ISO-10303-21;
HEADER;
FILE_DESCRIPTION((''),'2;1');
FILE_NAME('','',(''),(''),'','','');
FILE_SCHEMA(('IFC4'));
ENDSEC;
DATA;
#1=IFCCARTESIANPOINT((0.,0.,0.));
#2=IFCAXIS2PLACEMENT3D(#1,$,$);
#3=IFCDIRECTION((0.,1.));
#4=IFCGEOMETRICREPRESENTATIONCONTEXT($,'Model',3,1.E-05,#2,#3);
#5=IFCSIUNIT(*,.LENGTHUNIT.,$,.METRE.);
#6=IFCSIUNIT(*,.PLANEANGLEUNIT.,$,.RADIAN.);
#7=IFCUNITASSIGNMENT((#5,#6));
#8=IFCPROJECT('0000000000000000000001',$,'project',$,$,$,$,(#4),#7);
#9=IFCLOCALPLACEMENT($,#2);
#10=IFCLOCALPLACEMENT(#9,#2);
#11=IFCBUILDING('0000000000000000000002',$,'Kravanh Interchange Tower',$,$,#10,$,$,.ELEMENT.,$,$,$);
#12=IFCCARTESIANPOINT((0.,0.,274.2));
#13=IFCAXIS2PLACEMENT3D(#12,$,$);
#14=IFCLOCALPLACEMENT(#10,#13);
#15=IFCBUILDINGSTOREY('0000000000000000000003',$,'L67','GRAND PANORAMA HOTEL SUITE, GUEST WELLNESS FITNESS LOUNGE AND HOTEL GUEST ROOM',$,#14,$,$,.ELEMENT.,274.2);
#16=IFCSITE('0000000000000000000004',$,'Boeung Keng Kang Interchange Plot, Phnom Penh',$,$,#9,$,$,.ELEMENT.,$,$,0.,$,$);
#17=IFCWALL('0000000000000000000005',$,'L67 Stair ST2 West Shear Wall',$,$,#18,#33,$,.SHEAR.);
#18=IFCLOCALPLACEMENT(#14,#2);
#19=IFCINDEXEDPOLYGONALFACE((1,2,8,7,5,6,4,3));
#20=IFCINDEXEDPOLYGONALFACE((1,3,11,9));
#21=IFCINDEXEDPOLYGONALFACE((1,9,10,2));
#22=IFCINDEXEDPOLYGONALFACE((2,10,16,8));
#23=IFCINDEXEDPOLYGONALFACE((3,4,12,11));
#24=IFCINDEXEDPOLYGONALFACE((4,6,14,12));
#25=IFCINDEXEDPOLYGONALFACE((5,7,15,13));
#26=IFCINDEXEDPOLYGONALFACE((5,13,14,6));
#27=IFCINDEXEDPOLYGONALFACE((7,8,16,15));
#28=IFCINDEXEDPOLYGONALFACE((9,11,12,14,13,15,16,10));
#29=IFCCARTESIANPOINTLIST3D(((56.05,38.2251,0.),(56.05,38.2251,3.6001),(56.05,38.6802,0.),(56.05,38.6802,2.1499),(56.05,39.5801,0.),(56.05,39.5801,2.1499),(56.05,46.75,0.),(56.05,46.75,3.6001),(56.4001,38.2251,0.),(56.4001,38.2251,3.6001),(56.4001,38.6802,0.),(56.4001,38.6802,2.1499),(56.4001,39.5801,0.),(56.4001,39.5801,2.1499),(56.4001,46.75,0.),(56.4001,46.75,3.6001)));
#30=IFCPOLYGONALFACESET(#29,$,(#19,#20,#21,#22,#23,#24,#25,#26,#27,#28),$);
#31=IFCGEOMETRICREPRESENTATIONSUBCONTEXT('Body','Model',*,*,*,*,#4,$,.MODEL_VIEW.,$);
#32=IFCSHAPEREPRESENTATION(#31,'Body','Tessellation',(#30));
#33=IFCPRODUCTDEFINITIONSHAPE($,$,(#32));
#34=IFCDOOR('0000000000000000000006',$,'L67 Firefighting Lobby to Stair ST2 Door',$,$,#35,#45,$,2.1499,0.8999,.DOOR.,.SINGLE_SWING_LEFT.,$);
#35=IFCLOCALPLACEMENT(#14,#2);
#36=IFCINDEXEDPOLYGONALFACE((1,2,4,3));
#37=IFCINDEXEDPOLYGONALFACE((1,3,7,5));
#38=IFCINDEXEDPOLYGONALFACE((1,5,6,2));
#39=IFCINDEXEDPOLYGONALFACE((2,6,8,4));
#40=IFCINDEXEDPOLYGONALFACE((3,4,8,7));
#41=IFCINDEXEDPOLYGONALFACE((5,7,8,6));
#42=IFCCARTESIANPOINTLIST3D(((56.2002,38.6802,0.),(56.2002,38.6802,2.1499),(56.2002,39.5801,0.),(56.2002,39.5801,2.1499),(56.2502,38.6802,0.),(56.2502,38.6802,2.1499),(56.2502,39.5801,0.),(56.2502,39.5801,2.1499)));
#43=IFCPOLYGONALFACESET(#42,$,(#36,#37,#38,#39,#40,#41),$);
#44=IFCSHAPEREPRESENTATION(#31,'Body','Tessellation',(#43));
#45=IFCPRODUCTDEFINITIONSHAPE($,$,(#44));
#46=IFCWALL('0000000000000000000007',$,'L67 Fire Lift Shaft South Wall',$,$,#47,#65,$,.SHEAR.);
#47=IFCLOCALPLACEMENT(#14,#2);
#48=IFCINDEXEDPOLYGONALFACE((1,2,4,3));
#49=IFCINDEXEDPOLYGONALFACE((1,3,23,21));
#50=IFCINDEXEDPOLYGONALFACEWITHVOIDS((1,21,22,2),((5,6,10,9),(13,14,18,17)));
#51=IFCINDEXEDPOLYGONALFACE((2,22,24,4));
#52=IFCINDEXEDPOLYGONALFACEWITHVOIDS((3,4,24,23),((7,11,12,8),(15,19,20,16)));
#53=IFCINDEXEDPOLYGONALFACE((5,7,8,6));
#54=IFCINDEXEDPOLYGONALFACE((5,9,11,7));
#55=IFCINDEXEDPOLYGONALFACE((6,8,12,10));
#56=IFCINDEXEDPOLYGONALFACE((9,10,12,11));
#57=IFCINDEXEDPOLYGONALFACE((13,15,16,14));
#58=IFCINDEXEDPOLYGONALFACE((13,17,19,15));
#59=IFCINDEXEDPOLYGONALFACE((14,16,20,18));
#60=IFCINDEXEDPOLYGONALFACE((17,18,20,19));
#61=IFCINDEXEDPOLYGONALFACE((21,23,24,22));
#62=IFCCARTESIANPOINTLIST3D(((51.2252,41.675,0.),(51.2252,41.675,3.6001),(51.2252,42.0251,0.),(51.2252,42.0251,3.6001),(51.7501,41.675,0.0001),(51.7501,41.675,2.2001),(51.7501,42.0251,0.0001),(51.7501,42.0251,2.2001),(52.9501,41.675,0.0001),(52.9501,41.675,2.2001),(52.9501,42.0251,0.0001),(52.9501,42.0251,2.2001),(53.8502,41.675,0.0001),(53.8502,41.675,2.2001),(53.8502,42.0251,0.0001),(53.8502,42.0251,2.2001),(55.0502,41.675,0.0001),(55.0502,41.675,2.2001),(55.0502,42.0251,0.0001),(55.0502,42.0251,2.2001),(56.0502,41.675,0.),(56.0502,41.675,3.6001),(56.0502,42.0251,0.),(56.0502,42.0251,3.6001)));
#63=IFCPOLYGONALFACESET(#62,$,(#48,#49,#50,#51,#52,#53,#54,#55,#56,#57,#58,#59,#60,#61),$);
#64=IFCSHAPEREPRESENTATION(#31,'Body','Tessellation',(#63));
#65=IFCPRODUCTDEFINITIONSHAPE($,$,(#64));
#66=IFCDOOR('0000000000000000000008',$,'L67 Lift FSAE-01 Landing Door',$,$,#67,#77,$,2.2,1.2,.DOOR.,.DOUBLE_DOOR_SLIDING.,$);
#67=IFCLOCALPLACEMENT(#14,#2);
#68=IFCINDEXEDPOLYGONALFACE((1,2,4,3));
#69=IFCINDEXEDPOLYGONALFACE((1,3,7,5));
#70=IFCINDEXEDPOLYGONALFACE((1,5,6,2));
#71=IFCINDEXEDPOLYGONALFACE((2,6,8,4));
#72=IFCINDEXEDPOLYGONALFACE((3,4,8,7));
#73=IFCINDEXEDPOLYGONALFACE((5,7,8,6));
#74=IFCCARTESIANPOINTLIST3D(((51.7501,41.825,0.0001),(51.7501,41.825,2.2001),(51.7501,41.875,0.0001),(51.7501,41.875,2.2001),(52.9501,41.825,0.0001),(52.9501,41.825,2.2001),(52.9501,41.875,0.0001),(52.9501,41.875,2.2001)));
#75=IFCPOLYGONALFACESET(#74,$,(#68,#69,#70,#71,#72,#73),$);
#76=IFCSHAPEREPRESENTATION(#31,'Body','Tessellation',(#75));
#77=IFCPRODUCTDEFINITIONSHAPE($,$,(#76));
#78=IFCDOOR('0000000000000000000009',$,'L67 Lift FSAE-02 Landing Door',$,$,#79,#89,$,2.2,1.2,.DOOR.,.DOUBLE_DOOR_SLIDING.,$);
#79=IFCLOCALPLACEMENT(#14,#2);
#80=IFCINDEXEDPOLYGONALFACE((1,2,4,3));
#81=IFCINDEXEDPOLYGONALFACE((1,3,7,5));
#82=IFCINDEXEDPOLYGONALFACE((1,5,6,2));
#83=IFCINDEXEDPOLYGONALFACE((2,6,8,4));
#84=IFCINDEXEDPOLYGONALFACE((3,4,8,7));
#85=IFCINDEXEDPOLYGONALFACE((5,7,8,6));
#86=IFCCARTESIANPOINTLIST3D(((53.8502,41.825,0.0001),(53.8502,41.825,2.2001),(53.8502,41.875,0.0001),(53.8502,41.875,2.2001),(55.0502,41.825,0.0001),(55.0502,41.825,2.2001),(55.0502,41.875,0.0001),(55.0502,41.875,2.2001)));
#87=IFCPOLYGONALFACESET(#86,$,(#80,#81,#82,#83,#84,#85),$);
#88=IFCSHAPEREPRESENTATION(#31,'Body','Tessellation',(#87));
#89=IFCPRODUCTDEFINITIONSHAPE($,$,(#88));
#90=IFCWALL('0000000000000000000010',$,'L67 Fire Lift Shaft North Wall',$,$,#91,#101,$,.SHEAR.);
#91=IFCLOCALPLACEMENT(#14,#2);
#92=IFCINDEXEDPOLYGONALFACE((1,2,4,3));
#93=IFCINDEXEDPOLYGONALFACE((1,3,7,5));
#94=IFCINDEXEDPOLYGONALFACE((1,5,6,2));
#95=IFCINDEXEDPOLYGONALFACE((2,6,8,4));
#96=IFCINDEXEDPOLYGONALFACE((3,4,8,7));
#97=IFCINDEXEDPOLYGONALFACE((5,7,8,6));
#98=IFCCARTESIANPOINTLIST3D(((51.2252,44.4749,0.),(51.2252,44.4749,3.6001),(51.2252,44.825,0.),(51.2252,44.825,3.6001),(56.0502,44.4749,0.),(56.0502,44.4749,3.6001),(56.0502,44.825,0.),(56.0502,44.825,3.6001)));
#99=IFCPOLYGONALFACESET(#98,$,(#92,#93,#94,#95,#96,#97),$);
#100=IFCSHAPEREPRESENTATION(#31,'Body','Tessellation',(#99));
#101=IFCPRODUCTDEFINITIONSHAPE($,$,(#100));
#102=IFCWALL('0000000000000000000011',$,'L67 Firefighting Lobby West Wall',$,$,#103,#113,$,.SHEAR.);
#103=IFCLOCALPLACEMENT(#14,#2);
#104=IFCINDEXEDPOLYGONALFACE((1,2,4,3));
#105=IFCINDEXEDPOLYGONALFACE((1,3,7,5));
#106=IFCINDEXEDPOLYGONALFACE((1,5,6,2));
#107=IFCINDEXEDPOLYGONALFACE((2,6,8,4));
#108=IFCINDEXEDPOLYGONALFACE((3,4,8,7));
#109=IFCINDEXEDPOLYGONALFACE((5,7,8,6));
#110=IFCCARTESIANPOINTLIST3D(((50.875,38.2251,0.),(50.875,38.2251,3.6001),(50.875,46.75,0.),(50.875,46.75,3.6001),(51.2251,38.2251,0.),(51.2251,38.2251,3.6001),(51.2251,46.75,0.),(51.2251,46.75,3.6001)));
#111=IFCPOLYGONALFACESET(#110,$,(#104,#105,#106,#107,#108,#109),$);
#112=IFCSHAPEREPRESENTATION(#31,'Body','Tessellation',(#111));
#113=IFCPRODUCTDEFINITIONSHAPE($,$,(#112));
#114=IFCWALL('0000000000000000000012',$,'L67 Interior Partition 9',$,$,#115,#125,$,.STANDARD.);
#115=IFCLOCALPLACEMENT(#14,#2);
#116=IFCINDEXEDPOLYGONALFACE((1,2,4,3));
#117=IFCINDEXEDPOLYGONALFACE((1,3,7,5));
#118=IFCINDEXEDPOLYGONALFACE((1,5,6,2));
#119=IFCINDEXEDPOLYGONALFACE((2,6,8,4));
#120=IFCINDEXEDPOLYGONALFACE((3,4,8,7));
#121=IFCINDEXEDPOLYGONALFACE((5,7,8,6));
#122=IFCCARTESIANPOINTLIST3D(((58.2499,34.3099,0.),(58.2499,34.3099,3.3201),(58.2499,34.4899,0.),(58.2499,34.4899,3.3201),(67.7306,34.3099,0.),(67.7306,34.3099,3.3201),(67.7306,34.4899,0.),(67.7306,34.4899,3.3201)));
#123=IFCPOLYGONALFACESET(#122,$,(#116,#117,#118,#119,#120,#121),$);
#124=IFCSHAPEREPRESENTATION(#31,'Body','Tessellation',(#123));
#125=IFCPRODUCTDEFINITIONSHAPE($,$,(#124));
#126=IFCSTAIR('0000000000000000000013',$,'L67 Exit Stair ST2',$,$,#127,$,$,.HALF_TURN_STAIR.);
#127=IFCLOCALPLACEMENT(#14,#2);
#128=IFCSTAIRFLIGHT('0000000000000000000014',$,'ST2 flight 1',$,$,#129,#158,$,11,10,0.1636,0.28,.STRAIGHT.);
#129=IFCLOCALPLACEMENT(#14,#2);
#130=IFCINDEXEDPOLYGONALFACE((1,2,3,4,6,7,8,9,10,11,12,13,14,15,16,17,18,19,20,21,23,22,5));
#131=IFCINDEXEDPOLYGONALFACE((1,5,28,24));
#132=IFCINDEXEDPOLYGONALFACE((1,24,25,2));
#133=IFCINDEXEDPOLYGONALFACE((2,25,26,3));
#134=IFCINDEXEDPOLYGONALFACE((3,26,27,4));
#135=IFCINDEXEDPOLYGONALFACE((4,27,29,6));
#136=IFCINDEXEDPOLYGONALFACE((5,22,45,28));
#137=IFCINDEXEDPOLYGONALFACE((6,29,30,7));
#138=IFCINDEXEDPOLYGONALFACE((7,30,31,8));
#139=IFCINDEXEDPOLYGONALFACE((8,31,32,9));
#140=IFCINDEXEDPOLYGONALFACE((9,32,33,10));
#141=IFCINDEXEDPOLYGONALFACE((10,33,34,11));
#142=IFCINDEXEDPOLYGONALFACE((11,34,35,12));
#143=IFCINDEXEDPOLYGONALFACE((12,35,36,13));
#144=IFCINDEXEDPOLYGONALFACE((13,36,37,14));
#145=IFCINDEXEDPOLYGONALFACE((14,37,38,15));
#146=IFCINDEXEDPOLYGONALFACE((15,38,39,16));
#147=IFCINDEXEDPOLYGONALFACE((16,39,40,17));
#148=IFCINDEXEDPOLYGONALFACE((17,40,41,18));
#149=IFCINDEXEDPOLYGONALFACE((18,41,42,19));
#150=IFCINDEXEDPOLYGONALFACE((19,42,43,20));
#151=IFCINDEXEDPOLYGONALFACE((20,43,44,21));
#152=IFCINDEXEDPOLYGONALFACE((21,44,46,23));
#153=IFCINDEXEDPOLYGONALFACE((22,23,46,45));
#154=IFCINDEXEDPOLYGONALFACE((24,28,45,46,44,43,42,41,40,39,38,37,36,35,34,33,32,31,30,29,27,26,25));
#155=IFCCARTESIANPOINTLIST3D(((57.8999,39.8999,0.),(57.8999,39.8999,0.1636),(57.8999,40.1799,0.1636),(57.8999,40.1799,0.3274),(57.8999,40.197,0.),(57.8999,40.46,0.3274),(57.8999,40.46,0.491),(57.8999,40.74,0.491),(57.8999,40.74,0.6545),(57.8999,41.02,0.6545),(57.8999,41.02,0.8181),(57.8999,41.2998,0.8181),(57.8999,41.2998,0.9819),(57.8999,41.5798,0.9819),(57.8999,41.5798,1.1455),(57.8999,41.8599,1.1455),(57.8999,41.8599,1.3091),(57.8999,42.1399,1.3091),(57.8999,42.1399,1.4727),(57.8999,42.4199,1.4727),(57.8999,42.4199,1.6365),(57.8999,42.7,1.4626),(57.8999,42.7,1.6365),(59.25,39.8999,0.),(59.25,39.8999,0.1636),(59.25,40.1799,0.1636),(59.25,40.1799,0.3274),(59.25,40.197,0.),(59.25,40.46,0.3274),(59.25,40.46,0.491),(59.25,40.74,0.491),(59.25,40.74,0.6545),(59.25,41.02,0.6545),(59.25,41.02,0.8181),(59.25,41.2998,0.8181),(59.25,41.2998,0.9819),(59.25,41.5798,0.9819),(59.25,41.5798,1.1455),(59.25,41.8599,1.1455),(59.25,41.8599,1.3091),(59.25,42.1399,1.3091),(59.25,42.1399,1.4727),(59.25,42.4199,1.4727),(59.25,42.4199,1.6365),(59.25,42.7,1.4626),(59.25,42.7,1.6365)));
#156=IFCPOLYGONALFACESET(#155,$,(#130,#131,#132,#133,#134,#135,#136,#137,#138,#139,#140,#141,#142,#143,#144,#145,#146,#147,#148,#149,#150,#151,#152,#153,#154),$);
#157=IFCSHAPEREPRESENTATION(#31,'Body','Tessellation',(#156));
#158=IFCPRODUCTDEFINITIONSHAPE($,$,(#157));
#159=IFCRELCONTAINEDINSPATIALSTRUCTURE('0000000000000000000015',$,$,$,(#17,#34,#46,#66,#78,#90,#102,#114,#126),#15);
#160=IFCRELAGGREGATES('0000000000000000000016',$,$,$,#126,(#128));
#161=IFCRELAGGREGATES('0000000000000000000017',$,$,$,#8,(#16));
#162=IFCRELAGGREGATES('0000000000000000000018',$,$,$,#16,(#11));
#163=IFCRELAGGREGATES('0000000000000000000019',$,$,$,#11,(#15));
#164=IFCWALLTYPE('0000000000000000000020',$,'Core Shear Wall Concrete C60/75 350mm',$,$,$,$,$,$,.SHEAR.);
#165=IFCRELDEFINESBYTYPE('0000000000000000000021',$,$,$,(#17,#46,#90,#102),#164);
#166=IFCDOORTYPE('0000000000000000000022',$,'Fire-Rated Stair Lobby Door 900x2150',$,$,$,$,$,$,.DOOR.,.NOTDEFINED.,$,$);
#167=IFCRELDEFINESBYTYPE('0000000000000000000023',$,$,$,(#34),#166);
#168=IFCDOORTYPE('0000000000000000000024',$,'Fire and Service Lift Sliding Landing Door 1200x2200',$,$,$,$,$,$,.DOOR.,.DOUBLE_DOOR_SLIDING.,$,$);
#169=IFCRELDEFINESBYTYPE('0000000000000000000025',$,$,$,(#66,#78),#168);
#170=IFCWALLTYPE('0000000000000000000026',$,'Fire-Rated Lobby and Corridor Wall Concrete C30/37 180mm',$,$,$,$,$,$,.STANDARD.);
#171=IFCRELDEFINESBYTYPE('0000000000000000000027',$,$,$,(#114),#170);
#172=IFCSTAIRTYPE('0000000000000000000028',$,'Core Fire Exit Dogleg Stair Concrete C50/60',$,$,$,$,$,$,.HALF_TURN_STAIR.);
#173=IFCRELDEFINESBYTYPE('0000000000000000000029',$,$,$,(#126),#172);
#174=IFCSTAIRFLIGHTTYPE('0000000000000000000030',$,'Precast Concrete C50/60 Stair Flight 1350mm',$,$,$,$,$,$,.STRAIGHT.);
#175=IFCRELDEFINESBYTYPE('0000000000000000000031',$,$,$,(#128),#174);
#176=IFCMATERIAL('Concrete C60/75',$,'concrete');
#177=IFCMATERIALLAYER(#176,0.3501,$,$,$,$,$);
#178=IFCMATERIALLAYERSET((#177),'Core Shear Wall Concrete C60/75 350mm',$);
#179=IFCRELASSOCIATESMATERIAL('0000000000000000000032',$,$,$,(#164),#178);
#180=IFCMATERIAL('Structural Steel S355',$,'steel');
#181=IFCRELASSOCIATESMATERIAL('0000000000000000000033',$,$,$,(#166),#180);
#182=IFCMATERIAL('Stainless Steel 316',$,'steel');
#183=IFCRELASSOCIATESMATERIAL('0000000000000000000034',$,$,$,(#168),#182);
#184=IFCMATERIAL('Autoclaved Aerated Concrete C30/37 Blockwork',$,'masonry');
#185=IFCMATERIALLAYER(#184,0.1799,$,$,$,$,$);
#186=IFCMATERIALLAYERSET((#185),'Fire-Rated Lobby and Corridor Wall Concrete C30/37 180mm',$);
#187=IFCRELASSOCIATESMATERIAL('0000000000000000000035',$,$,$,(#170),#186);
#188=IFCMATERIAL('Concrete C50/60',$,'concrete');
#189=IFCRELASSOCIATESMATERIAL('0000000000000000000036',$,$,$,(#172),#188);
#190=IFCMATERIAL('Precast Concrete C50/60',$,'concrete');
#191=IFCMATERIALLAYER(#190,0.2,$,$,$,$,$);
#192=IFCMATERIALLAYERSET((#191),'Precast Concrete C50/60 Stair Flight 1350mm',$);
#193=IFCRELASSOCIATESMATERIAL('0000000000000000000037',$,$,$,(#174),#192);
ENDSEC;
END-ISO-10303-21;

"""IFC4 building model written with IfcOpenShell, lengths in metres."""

from ifc_helpers import new_model, si_unit, direction, frame, frame_2d, origin, place, context, subcontext, project, spatial, polyline, rectangle, outline, extrude, material, layer, layer_set, type_object, element, fill, aggregate, save


model = new_model("IFC4")

# Units and contexts
model_context = context("Model", 3, precision=1e-05, world=origin(), true_north=direction((0.0, 1.0)))
body_context = subcontext(model_context, "Body", "Model", "MODEL_VIEW")
ifc_project = project(units=[si_unit("LENGTHUNIT", "METRE"), si_unit("PLANEANGLEUNIT", "RADIAN")], contexts=[model_context])

# Site, building, storey
site_placement = place(None, origin())
site = spatial("IfcSite", under=ifc_project, at=site_placement, Name="Boeung Keng Kang Interchange Plot, Phnom Penh", CompositionType="ELEMENT", RefElevation=0.0)
building_placement = place(site_placement, origin())
building = spatial("IfcBuilding", under=site, at=building_placement, Name="Kravanh Interchange Tower", CompositionType="ELEMENT")
storey_placement = place(building_placement, frame((0.0, 0.0, 274.2)))
storey = spatial("IfcBuildingStorey", under=building, at=storey_placement, Name="L67", Description="GRAND PANORAMA HOTEL SUITE, GUEST WELLNESS FITNESS LOUNGE AND HOTEL GUEST ROOM", CompositionType="ELEMENT", Elevation=274.2)

# Wall, opening, door
ifc_material_1 = material(Name="Concrete C60/75", Category="concrete")
ifc_layer_1 = layer(ifc_material_1, 0.3501)
ifc_layer_set_1 = layer_set([ifc_layer_1], Name="Core Shear Wall Concrete C60/75 350mm")
wall_type_1 = type_object("IfcWallType", Name="Core Shear Wall Concrete C60/75 350mm", PredefinedType="SHEAR", material=ifc_layer_set_1)
wall_1_placement = place(storey_placement, frame((56.2251, 38.2251, 0.0), z_axis=(0.0, 0.0, 1.0), x_axis=(0.0, 1.0, 0.0)))
wall_1 = element("IfcWall", 1, at=wall_1_placement, inside=storey, type_object=wall_type_1, Name="L67 Stair ST2 West Shear Wall", PredefinedType="SHEAR", context=body_context, shape_type="SweptSolid", body=[
    extrude(rectangle(XDim=8.5249, YDim=0.3501, at=frame_2d((4.2625, 0.0))), origin(), (0.0, 0.0, 1.0), 3.6001),
])
opening_1_placement = place(wall_1_placement, frame((0.4551, 0.0, 0.0)))
opening_1 = element("IfcOpeningElement", 2, at=opening_1_placement, cuts=wall_1, PredefinedType="OPENING", context=body_context, shape_type="SweptSolid", body=[
    extrude(rectangle(XDim=0.8999, YDim=2.1499, at=frame_2d((0.45, 1.075))), frame((0.0, 0.1851, 0.0), z_axis=(0.0, -1.0, 0.0), x_axis=(1.0, 0.0, 0.0)), (0.0, 0.0, 1.0), 0.3701),
])
ifc_material_2 = material(Name="Structural Steel S355", Category="steel")
door_type_1 = type_object("IfcDoorType", Name="Fire-Rated Stair Lobby Door 900x2150", OperationType="NOTDEFINED", PredefinedType="DOOR", material=ifc_material_2)
door_1_placement = place(opening_1_placement, origin())
door_1 = element("IfcDoor", 3, at=door_1_placement, inside=storey, type_object=door_type_1, Name="L67 Firefighting Lobby to Stair ST2 Door", OperationType="SINGLE_SWING_LEFT", OverallHeight=2.1499, OverallWidth=0.8999, PredefinedType="DOOR", context=body_context, shape_type="SweptSolid", body=[
    extrude(rectangle(XDim=0.8999, YDim=2.1499, at=frame_2d((0.45, 1.075))), frame((0.0, 0.0249, 0.0), z_axis=(0.0, -1.0, 0.0), x_axis=(1.0, 0.0, 0.0)), (0.0, 0.0, 1.0), 0.05),
])
fill(opening_1, door_1)

# Wall, openings, doors
wall_2_placement = place(storey_placement, frame((51.2251, 41.8501, 0.0), z_axis=(0.0, 0.0, 1.0), x_axis=(1.0, 0.0, 0.0)))
wall_2 = element("IfcWall", 4, at=wall_2_placement, inside=storey, type_object=wall_type_1, Name="L67 Fire Lift Shaft South Wall", PredefinedType="SHEAR", context=body_context, shape_type="SweptSolid", body=[
    extrude(rectangle(XDim=4.825, YDim=0.3501, at=frame_2d((2.4126, 0.0))), origin(), (0.0, 0.0, 1.0), 3.6001),
])
opening_2_placement = place(wall_2_placement, frame((0.5249, 0.0, 0.0)))
opening_2 = element("IfcOpeningElement", 5, at=opening_2_placement, cuts=wall_2, PredefinedType="OPENING", context=body_context, shape_type="SweptSolid", body=[
    extrude(rectangle(XDim=1.2, YDim=2.2, at=frame_2d((0.6001, 1.1001))), frame((0.0, 0.1851, 0.0), z_axis=(0.0, -1.0, 0.0), x_axis=(1.0, 0.0, 0.0)), (0.0, 0.0, 1.0), 0.3701),
])
opening_3_placement = place(wall_2_placement, frame((2.625, 0.0, 0.0)))
opening_3 = element("IfcOpeningElement", 6, at=opening_3_placement, cuts=wall_2, PredefinedType="OPENING", context=body_context, shape_type="SweptSolid", body=[
    extrude(rectangle(XDim=1.2, YDim=2.2, at=frame_2d((0.6001, 1.1001))), frame((0.0, 0.1851, 0.0), z_axis=(0.0, -1.0, 0.0), x_axis=(1.0, 0.0, 0.0)), (0.0, 0.0, 1.0), 0.3701),
])
ifc_material_3 = material(Name="Stainless Steel 316", Category="steel")
door_type_2 = type_object("IfcDoorType", Name="Fire and Service Lift Sliding Landing Door 1200x2200", OperationType="DOUBLE_DOOR_SLIDING", PredefinedType="DOOR", material=ifc_material_3)
door_2_placement = place(opening_2_placement, origin())
door_2 = element("IfcDoor", 7, at=door_2_placement, inside=storey, type_object=door_type_2, Name="L67 Lift FSAE-01 Landing Door", OperationType="DOUBLE_DOOR_SLIDING", OverallHeight=2.2, OverallWidth=1.2, PredefinedType="DOOR", context=body_context, shape_type="SweptSolid", body=[
    extrude(rectangle(XDim=1.2, YDim=2.2, at=frame_2d((0.6001, 1.1001))), frame((0.0, 0.0249, 0.0), z_axis=(0.0, -1.0, 0.0), x_axis=(1.0, 0.0, 0.0)), (0.0, 0.0, 1.0), 0.05),
])
fill(opening_2, door_2)
door_3_placement = place(opening_3_placement, origin())
door_3 = element("IfcDoor", 8, at=door_3_placement, inside=storey, type_object=door_type_2, Name="L67 Lift FSAE-02 Landing Door", OperationType="DOUBLE_DOOR_SLIDING", OverallHeight=2.2, OverallWidth=1.2, PredefinedType="DOOR", context=body_context, shape_type="SweptSolid", body=[
    extrude(rectangle(XDim=1.2, YDim=2.2, at=frame_2d((0.6001, 1.1001))), frame((0.0, 0.0249, 0.0), z_axis=(0.0, -1.0, 0.0), x_axis=(1.0, 0.0, 0.0)), (0.0, 0.0, 1.0), 0.05),
])
fill(opening_3, door_3)

# Walls
wall_3_placement = place(storey_placement, frame((51.2251, 44.6499, 0.0), z_axis=(0.0, 0.0, 1.0), x_axis=(1.0, 0.0, 0.0)))
element("IfcWall", 9, at=wall_3_placement, inside=storey, type_object=wall_type_1, Name="L67 Fire Lift Shaft North Wall", PredefinedType="SHEAR", context=body_context, shape_type="SweptSolid", body=[
    extrude(rectangle(XDim=4.825, YDim=0.3501, at=frame_2d((2.4126, 0.0))), origin(), (0.0, 0.0, 1.0), 3.6001),
])
wall_4_placement = place(storey_placement, frame((51.05, 38.2251, 0.0), z_axis=(0.0, 0.0, 1.0), x_axis=(0.0, 1.0, 0.0)))
element("IfcWall", 10, at=wall_4_placement, inside=storey, type_object=wall_type_1, Name="L67 Firefighting Lobby West Wall", PredefinedType="SHEAR", context=body_context, shape_type="SweptSolid", body=[
    extrude(rectangle(XDim=8.5249, YDim=0.3501, at=frame_2d((4.2625, 0.0))), origin(), (0.0, 0.0, 1.0), 3.6001),
])

# Wall
ifc_material_4 = material(Name="Autoclaved Aerated Concrete C30/37 Blockwork", Category="masonry")
ifc_layer_2 = layer(ifc_material_4, 0.1799)
ifc_layer_set_2 = layer_set([ifc_layer_2], Name="Fire-Rated Lobby and Corridor Wall Concrete C30/37 180mm")
wall_type_2 = type_object("IfcWallType", Name="Fire-Rated Lobby and Corridor Wall Concrete C30/37 180mm", PredefinedType="STANDARD", material=ifc_layer_set_2)
wall_5_placement = place(storey_placement, frame((58.25, 34.3999, 0.0), z_axis=(0.0, 0.0, 1.0), x_axis=(1.0, 0.0, 0.0)))
element("IfcWall", 11, at=wall_5_placement, inside=storey, type_object=wall_type_2, Name="L67 Interior Partition 9", PredefinedType="STANDARD", context=body_context, shape_type="SweptSolid", body=[
    extrude(rectangle(XDim=9.4807, YDim=0.1799, at=frame_2d((4.7402, 0.0))), origin(), (0.0, 0.0, 1.0), 3.3201),
])

# Stair, stair flight
ifc_material_5 = material(Name="Concrete C50/60", Category="concrete")
stair_type = type_object("IfcStairType", Name="Core Fire Exit Dogleg Stair Concrete C50/60", PredefinedType="HALF_TURN_STAIR", material=ifc_material_5)
stair_placement = place(storey_placement, origin())
stair = element("IfcStair", 12, at=stair_placement, inside=storey, type_object=stair_type, Name="L67 Exit Stair ST2", PredefinedType="HALF_TURN_STAIR")
ifc_material_6 = material(Name="Precast Concrete C50/60", Category="concrete")
ifc_layer_3 = layer(ifc_material_6, 0.2)
ifc_layer_set_3 = layer_set([ifc_layer_3], Name="Precast Concrete C50/60 Stair Flight 1350mm")
stair_flight_type = type_object("IfcStairFlightType", Name="Precast Concrete C50/60 Stair Flight 1350mm", PredefinedType="STRAIGHT", material=ifc_layer_set_3)
stair_flight_1_placement = place(storey_placement, frame((58.575, 39.8999, 0.0), z_axis=(0.0, 0.0, 1.0), x_axis=(0.0, 1.0, 0.0)))
stair_flight_1 = element("IfcStairFlight", 13, at=stair_flight_1_placement, type_object=stair_flight_type, Name="ST2 flight 1", NumberOfRisers=11, NumberOfTreads=10, PredefinedType="STRAIGHT", RiserHeight=0.1636, TreadLength=0.28, context=body_context, shape_type="SweptSolid", body=[
    extrude(outline(polyline([(0.0, 0.0), (0.0, 0.1636), (0.28, 0.1636), (0.28, 0.3274), (0.5601, 0.3274), (0.5601, 0.491), (0.8401, 0.491), (0.8401, 0.6545), (1.1201, 0.6545), (1.1201, 0.8181), (1.3999, 0.8181), (1.3999, 0.9819), (1.6799, 0.9819), (1.6799, 1.1455), (1.96, 1.1455), (1.96, 1.3091), (2.24, 1.3091), (2.24, 1.4727), (2.52, 1.4727), (2.52, 1.6365), (2.8, 1.6365), (2.8, 1.8), (2.8, 1.4626), (0.2971, 0.0), (0.0, 0.0)])), frame((0.0, 0.675, 0.0), z_axis=(0.0, -1.0, 0.0), x_axis=(1.0, 0.0, 0.0)), (0.0, 0.0, 1.0), 1.3501),
])
aggregate(stair, [stair_flight_1])

save(model, "model.ifc")
